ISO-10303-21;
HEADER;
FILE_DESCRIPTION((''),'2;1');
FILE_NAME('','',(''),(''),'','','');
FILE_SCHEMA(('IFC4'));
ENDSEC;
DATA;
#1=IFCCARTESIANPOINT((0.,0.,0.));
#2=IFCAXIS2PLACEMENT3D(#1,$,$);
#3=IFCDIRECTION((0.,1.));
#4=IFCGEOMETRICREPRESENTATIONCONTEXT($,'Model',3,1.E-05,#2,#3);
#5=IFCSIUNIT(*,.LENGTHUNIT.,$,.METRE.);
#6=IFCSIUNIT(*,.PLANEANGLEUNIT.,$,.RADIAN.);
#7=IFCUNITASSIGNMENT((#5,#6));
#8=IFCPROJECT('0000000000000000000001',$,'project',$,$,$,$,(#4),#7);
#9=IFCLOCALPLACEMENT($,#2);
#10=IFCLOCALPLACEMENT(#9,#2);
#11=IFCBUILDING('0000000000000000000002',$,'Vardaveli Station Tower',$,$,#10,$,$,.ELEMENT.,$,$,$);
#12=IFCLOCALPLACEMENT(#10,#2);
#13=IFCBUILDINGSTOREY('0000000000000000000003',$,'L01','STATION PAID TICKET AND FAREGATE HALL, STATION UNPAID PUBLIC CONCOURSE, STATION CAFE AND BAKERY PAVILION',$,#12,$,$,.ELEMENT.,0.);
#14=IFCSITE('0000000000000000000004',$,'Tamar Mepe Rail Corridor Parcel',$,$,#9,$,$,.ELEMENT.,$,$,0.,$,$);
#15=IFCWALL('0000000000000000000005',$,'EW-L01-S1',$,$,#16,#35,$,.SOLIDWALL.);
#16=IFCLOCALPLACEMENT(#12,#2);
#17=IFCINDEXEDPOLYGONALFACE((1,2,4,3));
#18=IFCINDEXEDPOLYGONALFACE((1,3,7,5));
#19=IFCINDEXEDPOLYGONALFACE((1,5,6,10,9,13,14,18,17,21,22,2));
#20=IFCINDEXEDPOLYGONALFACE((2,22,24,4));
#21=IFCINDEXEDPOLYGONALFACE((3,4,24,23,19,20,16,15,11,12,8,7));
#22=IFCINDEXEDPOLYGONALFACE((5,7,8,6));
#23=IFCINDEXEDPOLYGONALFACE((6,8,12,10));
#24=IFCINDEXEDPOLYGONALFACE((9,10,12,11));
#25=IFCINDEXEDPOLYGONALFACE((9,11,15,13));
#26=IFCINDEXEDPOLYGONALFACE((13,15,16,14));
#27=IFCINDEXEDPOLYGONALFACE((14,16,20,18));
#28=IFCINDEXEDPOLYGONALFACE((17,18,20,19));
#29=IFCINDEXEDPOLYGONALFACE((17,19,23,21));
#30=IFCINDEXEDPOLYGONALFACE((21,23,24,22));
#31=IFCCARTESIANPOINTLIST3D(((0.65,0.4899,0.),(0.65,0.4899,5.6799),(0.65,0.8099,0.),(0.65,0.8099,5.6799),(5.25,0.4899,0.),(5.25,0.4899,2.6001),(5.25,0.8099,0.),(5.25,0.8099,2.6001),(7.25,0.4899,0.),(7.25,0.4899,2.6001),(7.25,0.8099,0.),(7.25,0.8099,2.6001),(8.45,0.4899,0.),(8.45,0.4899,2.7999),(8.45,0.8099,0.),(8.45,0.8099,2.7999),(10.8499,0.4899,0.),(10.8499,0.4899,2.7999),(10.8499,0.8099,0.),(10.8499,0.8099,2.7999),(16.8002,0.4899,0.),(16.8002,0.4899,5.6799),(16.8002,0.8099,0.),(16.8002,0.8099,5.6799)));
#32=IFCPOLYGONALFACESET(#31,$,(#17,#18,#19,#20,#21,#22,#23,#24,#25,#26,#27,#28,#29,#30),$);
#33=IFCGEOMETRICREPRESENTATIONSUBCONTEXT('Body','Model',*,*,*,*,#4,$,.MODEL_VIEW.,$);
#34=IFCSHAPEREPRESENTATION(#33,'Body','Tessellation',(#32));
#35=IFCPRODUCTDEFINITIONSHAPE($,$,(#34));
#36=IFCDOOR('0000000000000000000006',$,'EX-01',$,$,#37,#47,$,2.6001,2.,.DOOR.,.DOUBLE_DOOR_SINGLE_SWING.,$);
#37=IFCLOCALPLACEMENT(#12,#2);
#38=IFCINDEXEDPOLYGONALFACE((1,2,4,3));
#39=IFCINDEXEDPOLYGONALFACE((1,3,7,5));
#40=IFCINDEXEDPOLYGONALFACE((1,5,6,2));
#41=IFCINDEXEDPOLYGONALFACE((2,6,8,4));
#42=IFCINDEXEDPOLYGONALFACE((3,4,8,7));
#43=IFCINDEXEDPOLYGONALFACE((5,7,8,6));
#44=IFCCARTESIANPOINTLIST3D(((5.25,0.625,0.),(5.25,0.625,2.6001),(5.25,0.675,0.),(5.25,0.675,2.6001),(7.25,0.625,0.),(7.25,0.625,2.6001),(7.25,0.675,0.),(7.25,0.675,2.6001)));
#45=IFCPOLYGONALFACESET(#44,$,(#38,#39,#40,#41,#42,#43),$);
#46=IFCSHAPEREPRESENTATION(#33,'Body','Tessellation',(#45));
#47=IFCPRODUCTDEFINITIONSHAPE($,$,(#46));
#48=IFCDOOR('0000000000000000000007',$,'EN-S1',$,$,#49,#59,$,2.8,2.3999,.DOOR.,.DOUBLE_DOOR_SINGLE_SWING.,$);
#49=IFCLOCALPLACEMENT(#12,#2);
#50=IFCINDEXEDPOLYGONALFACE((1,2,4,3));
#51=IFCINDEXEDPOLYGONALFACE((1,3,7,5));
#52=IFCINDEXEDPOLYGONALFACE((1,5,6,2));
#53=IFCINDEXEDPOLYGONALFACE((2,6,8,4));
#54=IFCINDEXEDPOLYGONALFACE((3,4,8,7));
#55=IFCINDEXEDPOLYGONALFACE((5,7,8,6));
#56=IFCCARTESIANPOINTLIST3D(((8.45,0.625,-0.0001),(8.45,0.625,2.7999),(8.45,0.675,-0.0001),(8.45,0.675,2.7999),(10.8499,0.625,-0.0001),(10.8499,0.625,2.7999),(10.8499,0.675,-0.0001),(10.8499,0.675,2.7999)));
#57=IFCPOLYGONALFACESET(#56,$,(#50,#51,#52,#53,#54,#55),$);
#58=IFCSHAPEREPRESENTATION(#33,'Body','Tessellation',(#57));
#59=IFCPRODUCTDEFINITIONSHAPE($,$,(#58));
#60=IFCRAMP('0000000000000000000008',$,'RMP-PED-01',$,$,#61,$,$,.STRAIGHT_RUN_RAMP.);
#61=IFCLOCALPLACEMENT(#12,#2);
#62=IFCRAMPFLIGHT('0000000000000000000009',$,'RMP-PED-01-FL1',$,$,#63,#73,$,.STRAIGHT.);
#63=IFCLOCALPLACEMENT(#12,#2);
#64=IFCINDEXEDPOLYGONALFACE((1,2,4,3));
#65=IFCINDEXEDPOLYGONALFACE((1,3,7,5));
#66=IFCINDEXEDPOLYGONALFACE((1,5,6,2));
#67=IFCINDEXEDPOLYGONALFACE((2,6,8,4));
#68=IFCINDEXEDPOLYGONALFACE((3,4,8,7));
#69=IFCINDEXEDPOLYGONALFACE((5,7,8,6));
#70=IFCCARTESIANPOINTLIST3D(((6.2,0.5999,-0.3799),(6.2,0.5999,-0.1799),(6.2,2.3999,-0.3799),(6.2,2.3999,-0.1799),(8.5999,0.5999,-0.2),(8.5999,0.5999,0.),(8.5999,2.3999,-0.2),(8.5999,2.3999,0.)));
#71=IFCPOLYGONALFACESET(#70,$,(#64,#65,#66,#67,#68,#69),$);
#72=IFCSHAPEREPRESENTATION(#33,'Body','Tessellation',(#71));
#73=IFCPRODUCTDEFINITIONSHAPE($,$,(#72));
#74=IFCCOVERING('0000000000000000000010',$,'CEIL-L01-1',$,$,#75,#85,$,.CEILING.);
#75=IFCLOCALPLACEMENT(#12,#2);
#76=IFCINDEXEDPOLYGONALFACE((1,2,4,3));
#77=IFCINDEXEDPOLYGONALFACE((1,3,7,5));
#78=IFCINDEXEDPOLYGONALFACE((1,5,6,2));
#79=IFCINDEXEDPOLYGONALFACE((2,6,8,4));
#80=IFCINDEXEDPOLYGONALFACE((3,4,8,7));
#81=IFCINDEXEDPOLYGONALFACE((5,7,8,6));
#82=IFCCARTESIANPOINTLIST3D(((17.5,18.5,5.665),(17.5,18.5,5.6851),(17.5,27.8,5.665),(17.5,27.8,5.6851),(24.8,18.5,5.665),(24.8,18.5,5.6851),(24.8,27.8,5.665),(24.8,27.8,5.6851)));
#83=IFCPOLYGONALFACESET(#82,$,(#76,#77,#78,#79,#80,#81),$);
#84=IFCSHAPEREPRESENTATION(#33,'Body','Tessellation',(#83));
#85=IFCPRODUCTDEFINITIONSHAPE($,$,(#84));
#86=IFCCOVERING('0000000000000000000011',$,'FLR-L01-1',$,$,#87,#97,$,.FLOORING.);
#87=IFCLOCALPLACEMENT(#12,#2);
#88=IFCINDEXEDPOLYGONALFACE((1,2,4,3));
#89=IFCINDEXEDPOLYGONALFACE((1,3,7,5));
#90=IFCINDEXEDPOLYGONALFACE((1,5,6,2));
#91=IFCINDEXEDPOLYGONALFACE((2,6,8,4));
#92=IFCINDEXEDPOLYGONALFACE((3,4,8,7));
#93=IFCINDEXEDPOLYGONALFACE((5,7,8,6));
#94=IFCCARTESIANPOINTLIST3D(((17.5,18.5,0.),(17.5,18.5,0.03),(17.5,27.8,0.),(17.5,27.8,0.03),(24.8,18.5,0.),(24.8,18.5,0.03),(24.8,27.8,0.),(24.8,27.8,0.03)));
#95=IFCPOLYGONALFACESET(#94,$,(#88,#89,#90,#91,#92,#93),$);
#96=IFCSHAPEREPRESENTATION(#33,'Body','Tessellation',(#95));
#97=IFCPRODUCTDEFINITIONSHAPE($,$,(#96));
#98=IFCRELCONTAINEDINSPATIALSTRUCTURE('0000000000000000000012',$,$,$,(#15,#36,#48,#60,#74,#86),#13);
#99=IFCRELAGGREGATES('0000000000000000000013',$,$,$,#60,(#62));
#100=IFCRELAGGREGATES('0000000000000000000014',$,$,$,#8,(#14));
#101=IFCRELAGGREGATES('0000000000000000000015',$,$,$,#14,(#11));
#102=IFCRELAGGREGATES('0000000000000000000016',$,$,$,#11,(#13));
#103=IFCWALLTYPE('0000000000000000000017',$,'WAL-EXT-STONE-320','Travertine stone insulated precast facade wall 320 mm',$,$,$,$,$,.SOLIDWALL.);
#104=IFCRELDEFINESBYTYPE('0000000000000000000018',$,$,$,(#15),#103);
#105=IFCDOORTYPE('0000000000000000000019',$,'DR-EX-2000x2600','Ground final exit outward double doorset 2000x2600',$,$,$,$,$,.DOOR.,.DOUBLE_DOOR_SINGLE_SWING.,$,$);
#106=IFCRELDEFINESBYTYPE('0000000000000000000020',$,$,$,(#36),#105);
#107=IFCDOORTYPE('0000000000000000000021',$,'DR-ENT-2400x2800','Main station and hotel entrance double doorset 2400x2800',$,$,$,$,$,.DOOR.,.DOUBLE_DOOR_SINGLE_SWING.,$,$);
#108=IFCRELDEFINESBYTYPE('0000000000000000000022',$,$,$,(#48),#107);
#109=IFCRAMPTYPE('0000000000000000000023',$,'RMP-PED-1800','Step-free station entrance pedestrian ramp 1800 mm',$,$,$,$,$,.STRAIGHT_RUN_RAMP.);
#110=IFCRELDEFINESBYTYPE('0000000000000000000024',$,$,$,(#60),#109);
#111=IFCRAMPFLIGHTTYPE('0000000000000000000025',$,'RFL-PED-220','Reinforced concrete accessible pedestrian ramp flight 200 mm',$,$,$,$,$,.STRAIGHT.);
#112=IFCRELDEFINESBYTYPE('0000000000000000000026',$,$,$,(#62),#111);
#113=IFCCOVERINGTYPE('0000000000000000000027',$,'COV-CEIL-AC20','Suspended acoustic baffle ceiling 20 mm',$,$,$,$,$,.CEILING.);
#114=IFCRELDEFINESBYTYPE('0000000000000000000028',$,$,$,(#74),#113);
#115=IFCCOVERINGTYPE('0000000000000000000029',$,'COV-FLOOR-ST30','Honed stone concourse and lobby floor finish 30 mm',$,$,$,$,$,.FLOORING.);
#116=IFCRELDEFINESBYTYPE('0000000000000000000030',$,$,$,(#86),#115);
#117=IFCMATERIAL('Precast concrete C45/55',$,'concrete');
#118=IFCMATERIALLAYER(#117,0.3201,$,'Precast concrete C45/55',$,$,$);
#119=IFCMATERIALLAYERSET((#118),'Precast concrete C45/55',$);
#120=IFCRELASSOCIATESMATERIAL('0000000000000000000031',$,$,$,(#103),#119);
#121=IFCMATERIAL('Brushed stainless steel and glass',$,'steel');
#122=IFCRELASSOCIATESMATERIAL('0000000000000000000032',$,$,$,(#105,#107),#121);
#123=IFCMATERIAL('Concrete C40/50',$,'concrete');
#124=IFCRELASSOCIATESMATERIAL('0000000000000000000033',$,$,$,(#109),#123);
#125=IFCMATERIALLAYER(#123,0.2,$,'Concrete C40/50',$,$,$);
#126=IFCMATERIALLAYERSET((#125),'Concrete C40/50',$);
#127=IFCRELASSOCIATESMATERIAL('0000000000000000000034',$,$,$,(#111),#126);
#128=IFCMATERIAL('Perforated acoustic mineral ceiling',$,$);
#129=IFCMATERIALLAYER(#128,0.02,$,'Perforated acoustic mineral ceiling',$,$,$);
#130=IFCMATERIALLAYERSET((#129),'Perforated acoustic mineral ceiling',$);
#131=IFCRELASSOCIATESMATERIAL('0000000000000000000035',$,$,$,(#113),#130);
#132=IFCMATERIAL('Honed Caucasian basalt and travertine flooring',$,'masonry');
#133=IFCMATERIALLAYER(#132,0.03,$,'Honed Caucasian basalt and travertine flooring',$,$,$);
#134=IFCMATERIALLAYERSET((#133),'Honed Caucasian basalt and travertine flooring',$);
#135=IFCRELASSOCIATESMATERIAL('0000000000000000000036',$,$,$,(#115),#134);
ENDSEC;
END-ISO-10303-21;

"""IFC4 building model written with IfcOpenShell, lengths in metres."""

from ifc_helpers import new_model, si_unit, direction, frame, frame_2d, origin, place, context, subcontext, project, spatial, polyline, rectangle, outline, extrude, source, transform, mapped, material, layer, layer_set, type_object, element, fill, aggregate, save


model = new_model("IFC4")

# Units and contexts
model_context = context("Model", 3, precision=1e-05, world=origin(), true_north=direction((0.0, 1.0)))
body_context = subcontext(model_context, "Body", "Model", "MODEL_VIEW")
ifc_project = project(units=[si_unit("LENGTHUNIT", "METRE"), si_unit("PLANEANGLEUNIT", "RADIAN")], contexts=[model_context])

# Site, building, storey
site_placement = place(None, origin())
site = spatial("IfcSite", under=ifc_project, at=site_placement, Name="Tamar Mepe Rail Corridor Parcel", CompositionType="ELEMENT", RefElevation=0.0)
building_placement = place(site_placement, origin())
building = spatial("IfcBuilding", under=site, at=building_placement, Name="Vardaveli Station Tower", CompositionType="ELEMENT")
storey_placement = place(building_placement, origin())
storey = spatial("IfcBuildingStorey", under=building, at=storey_placement, Name="L01", Description="STATION PAID TICKET AND FAREGATE HALL, STATION UNPAID PUBLIC CONCOURSE, STATION CAFE AND BAKERY PAVILION", CompositionType="ELEMENT", Elevation=0.0)

# Shared definitions
ifc_material_1 = material(Name="Concrete C40/50", Category="concrete")

# Wall, openings, doors
ifc_material_2 = material(Name="Precast concrete C45/55", Category="concrete")
ifc_layer_1 = layer(ifc_material_2, 0.3201, Name="Precast concrete C45/55")
ifc_layer_set_1 = layer_set([ifc_layer_1], Name="Precast concrete C45/55")
wall_type = type_object("IfcWallType", Name="WAL-EXT-STONE-320", Description="Travertine stone insulated precast facade wall 320 mm", PredefinedType="SOLIDWALL", material=ifc_layer_set_1)
shared_shape_1 = source(origin(), body_context, "Body", "SweptSolid", [
    extrude(rectangle(XDim=16.1501, YDim=0.3201, at=frame_2d((8.0752, 0.0))), origin(), (0.0, 0.0, 1.0), 5.6799),
])
wall_placement = place(storey_placement, frame((0.6499, 0.6499, 0.0), z_axis=(0.0, 0.0, 1.0), x_axis=(1.0, 0.0, 0.0)))
wall = element("IfcWall", 1, at=wall_placement, inside=storey, type_object=wall_type, Name="EW-L01-S1", PredefinedType="SOLIDWALL", context=body_context, shape_type="MappedRepresentation", body=[
    mapped(shared_shape_1, transform((0.0, 0.0, 0.0), scale=1.0)),
])
shared_shape_2 = source(origin(), body_context, "Body", "SweptSolid", [
    extrude(rectangle(XDim=2.0, YDim=2.6001, at=frame_2d((1.0, 1.3))), frame((0.0, 0.1699, 0.0), z_axis=(0.0, -1.0, 0.0), x_axis=(1.0, 0.0, 0.0)), (0.0, 0.0, 1.0), 0.3401),
])
opening_1_placement = place(wall_placement, frame((4.6001, 0.0, 0.0)))
opening_1 = element("IfcOpeningElement", 2, at=opening_1_placement, cuts=wall, PredefinedType="OPENING", context=body_context, shape_type="MappedRepresentation", body=[
    mapped(shared_shape_2, transform((0.0, 0.0, 0.0), scale=1.0)),
])
shared_shape_3 = source(origin(), body_context, "Body", "SweptSolid", [
    extrude(rectangle(XDim=2.3999, YDim=2.8, at=frame_2d((1.2, 1.3999))), frame((0.0, 0.1699, 0.0), z_axis=(0.0, -1.0, 0.0), x_axis=(1.0, 0.0, 0.0)), (0.0, 0.0, 1.0), 0.3401),
])
opening_2_placement = place(wall_placement, frame((7.8, 0.0, 0.0)))
opening_2 = element("IfcOpeningElement", 3, at=opening_2_placement, cuts=wall, PredefinedType="OPENING", context=body_context, shape_type="MappedRepresentation", body=[
    mapped(shared_shape_3, transform((0.0, 0.0, 0.0), scale=1.0)),
])
ifc_material_3 = material(Name="Brushed stainless steel and glass", Category="steel")
door_type_1 = type_object("IfcDoorType", Name="DR-EX-2000x2600", Description="Ground final exit outward double doorset 2000x2600", OperationType="DOUBLE_DOOR_SINGLE_SWING", PredefinedType="DOOR", material=ifc_material_3)
shared_shape_4 = source(origin(), body_context, "Body", "SweptSolid", [
    extrude(rectangle(XDim=2.0, YDim=2.6001, at=frame_2d((1.0, 1.3))), frame((0.0, 0.0249, 0.0), z_axis=(0.0, -1.0, 0.0), x_axis=(1.0, 0.0, 0.0)), (0.0, 0.0, 1.0), 0.05),
])
door_1_placement = place(opening_1_placement, frame((2.0, 0.0, 0.0), z_axis=(0.0, 0.0, 1.0), x_axis=(-1.0, 0.0, 0.0)))
door_1 = element("IfcDoor", 4, at=door_1_placement, inside=storey, type_object=door_type_1, Name="EX-01", OperationType="DOUBLE_DOOR_SINGLE_SWING", OverallHeight=2.6001, OverallWidth=2.0, PredefinedType="DOOR", context=body_context, shape_type="MappedRepresentation", body=[
    mapped(shared_shape_4, transform((0.0, 0.0, 0.0), scale=1.0)),
])
fill(opening_1, door_1)
door_type_2 = type_object("IfcDoorType", Name="DR-ENT-2400x2800", Description="Main station and hotel entrance double doorset 2400x2800", OperationType="DOUBLE_DOOR_SINGLE_SWING", PredefinedType="DOOR", material=ifc_material_3)
shared_shape_5 = source(origin(), body_context, "Body", "SweptSolid", [
    extrude(rectangle(XDim=2.3999, YDim=2.8, at=frame_2d((1.2, 1.3999))), frame((0.0, 0.0249, 0.0), z_axis=(0.0, -1.0, 0.0), x_axis=(1.0, 0.0, 0.0)), (0.0, 0.0, 1.0), 0.05),
])
door_2_placement = place(opening_2_placement, frame((2.3999, 0.0, 0.0), z_axis=(0.0, 0.0, 1.0), x_axis=(-1.0, 0.0, 0.0)))
door_2 = element("IfcDoor", 5, at=door_2_placement, inside=storey, type_object=door_type_2, Name="EN-S1", OperationType="DOUBLE_DOOR_SINGLE_SWING", OverallHeight=2.8, OverallWidth=2.3999, PredefinedType="DOOR", context=body_context, shape_type="MappedRepresentation", body=[
    mapped(shared_shape_5, transform((0.0, 0.0, 0.0), scale=1.0)),
])
fill(opening_2, door_2)

# Ramp, ramp flight
ramp_type = type_object("IfcRampType", Name="RMP-PED-1800", Description="Step-free station entrance pedestrian ramp 1800 mm", PredefinedType="STRAIGHT_RUN_RAMP", material=ifc_material_1)
ramp_placement = place(storey_placement, origin())
ramp = element("IfcRamp", 6, at=ramp_placement, inside=storey, type_object=ramp_type, Name="RMP-PED-01", PredefinedType="STRAIGHT_RUN_RAMP")
ifc_layer_2 = layer(ifc_material_1, 0.2, Name="Concrete C40/50")
ifc_layer_set_2 = layer_set([ifc_layer_2], Name="Concrete C40/50")
ramp_flight_type = type_object("IfcRampFlightType", Name="RFL-PED-220", Description="Reinforced concrete accessible pedestrian ramp flight 200 mm", PredefinedType="STRAIGHT", material=ifc_layer_set_2)
ramp_flight_placement = place(storey_placement, frame((6.2, 1.5, -0.1799), z_axis=(0.0, 0.0, 1.0), x_axis=(1.0, 0.0, 0.0)))
ramp_flight = element("IfcRampFlight", 7, at=ramp_flight_placement, type_object=ramp_flight_type, Name="RMP-PED-01-FL1", PredefinedType="STRAIGHT", context=body_context, shape_type="SweptSolid", body=[
    extrude(outline(polyline([(0.0, -0.2), (2.3999, -0.02), (2.3999, 0.1799), (0.0, 0.0), (0.0, -0.2)])), frame((0.0, 0.8999, 0.0), z_axis=(0.0, -1.0, 0.0), x_axis=(1.0, 0.0, 0.0)), (0.0, 0.0, 1.0), 1.8),
])
aggregate(ramp, [ramp_flight])

# Coverings
ifc_material_4 = material(Name="Perforated acoustic mineral ceiling")
ifc_layer_3 = layer(ifc_material_4, 0.02, Name="Perforated acoustic mineral ceiling")
ifc_layer_set_3 = layer_set([ifc_layer_3], Name="Perforated acoustic mineral ceiling")
covering_type_1 = type_object("IfcCoveringType", Name="COV-CEIL-AC20", Description="Suspended acoustic baffle ceiling 20 mm", PredefinedType="CEILING", material=ifc_layer_set_3)
covering_1_placement = place(storey_placement, frame((0.0, 0.0, 5.665)))
element("IfcCovering", 8, at=covering_1_placement, inside=storey, type_object=covering_type_1, Name="CEIL-L01-1", PredefinedType="CEILING", context=body_context, shape_type="SweptSolid", body=[
    extrude(outline(polyline([(17.5, 18.5), (24.8, 18.5), (24.8, 27.8), (17.5, 27.8), (17.5, 18.5)])), origin(), (0.0, 0.0, 1.0), 0.02),
])
ifc_material_5 = material(Name="Honed Caucasian basalt and travertine flooring", Category="masonry")
ifc_layer_4 = layer(ifc_material_5, 0.03, Name="Honed Caucasian basalt and travertine flooring")
ifc_layer_set_4 = layer_set([ifc_layer_4], Name="Honed Caucasian basalt and travertine flooring")
covering_type_2 = type_object("IfcCoveringType", Name="COV-FLOOR-ST30", Description="Honed stone concourse and lobby floor finish 30 mm", PredefinedType="FLOORING", material=ifc_layer_set_4)
covering_2_placement = place(storey_placement, origin())
element("IfcCovering", 9, at=covering_2_placement, inside=storey, type_object=covering_type_2, Name="FLR-L01-1", PredefinedType="FLOORING", context=body_context, shape_type="SweptSolid", body=[
    extrude(outline(polyline([(17.5, 18.5), (24.8, 18.5), (24.8, 27.8), (17.5, 27.8), (17.5, 18.5)])), origin(), (0.0, 0.0, 1.0), 0.03),
])

save(model, "model.ifc")
